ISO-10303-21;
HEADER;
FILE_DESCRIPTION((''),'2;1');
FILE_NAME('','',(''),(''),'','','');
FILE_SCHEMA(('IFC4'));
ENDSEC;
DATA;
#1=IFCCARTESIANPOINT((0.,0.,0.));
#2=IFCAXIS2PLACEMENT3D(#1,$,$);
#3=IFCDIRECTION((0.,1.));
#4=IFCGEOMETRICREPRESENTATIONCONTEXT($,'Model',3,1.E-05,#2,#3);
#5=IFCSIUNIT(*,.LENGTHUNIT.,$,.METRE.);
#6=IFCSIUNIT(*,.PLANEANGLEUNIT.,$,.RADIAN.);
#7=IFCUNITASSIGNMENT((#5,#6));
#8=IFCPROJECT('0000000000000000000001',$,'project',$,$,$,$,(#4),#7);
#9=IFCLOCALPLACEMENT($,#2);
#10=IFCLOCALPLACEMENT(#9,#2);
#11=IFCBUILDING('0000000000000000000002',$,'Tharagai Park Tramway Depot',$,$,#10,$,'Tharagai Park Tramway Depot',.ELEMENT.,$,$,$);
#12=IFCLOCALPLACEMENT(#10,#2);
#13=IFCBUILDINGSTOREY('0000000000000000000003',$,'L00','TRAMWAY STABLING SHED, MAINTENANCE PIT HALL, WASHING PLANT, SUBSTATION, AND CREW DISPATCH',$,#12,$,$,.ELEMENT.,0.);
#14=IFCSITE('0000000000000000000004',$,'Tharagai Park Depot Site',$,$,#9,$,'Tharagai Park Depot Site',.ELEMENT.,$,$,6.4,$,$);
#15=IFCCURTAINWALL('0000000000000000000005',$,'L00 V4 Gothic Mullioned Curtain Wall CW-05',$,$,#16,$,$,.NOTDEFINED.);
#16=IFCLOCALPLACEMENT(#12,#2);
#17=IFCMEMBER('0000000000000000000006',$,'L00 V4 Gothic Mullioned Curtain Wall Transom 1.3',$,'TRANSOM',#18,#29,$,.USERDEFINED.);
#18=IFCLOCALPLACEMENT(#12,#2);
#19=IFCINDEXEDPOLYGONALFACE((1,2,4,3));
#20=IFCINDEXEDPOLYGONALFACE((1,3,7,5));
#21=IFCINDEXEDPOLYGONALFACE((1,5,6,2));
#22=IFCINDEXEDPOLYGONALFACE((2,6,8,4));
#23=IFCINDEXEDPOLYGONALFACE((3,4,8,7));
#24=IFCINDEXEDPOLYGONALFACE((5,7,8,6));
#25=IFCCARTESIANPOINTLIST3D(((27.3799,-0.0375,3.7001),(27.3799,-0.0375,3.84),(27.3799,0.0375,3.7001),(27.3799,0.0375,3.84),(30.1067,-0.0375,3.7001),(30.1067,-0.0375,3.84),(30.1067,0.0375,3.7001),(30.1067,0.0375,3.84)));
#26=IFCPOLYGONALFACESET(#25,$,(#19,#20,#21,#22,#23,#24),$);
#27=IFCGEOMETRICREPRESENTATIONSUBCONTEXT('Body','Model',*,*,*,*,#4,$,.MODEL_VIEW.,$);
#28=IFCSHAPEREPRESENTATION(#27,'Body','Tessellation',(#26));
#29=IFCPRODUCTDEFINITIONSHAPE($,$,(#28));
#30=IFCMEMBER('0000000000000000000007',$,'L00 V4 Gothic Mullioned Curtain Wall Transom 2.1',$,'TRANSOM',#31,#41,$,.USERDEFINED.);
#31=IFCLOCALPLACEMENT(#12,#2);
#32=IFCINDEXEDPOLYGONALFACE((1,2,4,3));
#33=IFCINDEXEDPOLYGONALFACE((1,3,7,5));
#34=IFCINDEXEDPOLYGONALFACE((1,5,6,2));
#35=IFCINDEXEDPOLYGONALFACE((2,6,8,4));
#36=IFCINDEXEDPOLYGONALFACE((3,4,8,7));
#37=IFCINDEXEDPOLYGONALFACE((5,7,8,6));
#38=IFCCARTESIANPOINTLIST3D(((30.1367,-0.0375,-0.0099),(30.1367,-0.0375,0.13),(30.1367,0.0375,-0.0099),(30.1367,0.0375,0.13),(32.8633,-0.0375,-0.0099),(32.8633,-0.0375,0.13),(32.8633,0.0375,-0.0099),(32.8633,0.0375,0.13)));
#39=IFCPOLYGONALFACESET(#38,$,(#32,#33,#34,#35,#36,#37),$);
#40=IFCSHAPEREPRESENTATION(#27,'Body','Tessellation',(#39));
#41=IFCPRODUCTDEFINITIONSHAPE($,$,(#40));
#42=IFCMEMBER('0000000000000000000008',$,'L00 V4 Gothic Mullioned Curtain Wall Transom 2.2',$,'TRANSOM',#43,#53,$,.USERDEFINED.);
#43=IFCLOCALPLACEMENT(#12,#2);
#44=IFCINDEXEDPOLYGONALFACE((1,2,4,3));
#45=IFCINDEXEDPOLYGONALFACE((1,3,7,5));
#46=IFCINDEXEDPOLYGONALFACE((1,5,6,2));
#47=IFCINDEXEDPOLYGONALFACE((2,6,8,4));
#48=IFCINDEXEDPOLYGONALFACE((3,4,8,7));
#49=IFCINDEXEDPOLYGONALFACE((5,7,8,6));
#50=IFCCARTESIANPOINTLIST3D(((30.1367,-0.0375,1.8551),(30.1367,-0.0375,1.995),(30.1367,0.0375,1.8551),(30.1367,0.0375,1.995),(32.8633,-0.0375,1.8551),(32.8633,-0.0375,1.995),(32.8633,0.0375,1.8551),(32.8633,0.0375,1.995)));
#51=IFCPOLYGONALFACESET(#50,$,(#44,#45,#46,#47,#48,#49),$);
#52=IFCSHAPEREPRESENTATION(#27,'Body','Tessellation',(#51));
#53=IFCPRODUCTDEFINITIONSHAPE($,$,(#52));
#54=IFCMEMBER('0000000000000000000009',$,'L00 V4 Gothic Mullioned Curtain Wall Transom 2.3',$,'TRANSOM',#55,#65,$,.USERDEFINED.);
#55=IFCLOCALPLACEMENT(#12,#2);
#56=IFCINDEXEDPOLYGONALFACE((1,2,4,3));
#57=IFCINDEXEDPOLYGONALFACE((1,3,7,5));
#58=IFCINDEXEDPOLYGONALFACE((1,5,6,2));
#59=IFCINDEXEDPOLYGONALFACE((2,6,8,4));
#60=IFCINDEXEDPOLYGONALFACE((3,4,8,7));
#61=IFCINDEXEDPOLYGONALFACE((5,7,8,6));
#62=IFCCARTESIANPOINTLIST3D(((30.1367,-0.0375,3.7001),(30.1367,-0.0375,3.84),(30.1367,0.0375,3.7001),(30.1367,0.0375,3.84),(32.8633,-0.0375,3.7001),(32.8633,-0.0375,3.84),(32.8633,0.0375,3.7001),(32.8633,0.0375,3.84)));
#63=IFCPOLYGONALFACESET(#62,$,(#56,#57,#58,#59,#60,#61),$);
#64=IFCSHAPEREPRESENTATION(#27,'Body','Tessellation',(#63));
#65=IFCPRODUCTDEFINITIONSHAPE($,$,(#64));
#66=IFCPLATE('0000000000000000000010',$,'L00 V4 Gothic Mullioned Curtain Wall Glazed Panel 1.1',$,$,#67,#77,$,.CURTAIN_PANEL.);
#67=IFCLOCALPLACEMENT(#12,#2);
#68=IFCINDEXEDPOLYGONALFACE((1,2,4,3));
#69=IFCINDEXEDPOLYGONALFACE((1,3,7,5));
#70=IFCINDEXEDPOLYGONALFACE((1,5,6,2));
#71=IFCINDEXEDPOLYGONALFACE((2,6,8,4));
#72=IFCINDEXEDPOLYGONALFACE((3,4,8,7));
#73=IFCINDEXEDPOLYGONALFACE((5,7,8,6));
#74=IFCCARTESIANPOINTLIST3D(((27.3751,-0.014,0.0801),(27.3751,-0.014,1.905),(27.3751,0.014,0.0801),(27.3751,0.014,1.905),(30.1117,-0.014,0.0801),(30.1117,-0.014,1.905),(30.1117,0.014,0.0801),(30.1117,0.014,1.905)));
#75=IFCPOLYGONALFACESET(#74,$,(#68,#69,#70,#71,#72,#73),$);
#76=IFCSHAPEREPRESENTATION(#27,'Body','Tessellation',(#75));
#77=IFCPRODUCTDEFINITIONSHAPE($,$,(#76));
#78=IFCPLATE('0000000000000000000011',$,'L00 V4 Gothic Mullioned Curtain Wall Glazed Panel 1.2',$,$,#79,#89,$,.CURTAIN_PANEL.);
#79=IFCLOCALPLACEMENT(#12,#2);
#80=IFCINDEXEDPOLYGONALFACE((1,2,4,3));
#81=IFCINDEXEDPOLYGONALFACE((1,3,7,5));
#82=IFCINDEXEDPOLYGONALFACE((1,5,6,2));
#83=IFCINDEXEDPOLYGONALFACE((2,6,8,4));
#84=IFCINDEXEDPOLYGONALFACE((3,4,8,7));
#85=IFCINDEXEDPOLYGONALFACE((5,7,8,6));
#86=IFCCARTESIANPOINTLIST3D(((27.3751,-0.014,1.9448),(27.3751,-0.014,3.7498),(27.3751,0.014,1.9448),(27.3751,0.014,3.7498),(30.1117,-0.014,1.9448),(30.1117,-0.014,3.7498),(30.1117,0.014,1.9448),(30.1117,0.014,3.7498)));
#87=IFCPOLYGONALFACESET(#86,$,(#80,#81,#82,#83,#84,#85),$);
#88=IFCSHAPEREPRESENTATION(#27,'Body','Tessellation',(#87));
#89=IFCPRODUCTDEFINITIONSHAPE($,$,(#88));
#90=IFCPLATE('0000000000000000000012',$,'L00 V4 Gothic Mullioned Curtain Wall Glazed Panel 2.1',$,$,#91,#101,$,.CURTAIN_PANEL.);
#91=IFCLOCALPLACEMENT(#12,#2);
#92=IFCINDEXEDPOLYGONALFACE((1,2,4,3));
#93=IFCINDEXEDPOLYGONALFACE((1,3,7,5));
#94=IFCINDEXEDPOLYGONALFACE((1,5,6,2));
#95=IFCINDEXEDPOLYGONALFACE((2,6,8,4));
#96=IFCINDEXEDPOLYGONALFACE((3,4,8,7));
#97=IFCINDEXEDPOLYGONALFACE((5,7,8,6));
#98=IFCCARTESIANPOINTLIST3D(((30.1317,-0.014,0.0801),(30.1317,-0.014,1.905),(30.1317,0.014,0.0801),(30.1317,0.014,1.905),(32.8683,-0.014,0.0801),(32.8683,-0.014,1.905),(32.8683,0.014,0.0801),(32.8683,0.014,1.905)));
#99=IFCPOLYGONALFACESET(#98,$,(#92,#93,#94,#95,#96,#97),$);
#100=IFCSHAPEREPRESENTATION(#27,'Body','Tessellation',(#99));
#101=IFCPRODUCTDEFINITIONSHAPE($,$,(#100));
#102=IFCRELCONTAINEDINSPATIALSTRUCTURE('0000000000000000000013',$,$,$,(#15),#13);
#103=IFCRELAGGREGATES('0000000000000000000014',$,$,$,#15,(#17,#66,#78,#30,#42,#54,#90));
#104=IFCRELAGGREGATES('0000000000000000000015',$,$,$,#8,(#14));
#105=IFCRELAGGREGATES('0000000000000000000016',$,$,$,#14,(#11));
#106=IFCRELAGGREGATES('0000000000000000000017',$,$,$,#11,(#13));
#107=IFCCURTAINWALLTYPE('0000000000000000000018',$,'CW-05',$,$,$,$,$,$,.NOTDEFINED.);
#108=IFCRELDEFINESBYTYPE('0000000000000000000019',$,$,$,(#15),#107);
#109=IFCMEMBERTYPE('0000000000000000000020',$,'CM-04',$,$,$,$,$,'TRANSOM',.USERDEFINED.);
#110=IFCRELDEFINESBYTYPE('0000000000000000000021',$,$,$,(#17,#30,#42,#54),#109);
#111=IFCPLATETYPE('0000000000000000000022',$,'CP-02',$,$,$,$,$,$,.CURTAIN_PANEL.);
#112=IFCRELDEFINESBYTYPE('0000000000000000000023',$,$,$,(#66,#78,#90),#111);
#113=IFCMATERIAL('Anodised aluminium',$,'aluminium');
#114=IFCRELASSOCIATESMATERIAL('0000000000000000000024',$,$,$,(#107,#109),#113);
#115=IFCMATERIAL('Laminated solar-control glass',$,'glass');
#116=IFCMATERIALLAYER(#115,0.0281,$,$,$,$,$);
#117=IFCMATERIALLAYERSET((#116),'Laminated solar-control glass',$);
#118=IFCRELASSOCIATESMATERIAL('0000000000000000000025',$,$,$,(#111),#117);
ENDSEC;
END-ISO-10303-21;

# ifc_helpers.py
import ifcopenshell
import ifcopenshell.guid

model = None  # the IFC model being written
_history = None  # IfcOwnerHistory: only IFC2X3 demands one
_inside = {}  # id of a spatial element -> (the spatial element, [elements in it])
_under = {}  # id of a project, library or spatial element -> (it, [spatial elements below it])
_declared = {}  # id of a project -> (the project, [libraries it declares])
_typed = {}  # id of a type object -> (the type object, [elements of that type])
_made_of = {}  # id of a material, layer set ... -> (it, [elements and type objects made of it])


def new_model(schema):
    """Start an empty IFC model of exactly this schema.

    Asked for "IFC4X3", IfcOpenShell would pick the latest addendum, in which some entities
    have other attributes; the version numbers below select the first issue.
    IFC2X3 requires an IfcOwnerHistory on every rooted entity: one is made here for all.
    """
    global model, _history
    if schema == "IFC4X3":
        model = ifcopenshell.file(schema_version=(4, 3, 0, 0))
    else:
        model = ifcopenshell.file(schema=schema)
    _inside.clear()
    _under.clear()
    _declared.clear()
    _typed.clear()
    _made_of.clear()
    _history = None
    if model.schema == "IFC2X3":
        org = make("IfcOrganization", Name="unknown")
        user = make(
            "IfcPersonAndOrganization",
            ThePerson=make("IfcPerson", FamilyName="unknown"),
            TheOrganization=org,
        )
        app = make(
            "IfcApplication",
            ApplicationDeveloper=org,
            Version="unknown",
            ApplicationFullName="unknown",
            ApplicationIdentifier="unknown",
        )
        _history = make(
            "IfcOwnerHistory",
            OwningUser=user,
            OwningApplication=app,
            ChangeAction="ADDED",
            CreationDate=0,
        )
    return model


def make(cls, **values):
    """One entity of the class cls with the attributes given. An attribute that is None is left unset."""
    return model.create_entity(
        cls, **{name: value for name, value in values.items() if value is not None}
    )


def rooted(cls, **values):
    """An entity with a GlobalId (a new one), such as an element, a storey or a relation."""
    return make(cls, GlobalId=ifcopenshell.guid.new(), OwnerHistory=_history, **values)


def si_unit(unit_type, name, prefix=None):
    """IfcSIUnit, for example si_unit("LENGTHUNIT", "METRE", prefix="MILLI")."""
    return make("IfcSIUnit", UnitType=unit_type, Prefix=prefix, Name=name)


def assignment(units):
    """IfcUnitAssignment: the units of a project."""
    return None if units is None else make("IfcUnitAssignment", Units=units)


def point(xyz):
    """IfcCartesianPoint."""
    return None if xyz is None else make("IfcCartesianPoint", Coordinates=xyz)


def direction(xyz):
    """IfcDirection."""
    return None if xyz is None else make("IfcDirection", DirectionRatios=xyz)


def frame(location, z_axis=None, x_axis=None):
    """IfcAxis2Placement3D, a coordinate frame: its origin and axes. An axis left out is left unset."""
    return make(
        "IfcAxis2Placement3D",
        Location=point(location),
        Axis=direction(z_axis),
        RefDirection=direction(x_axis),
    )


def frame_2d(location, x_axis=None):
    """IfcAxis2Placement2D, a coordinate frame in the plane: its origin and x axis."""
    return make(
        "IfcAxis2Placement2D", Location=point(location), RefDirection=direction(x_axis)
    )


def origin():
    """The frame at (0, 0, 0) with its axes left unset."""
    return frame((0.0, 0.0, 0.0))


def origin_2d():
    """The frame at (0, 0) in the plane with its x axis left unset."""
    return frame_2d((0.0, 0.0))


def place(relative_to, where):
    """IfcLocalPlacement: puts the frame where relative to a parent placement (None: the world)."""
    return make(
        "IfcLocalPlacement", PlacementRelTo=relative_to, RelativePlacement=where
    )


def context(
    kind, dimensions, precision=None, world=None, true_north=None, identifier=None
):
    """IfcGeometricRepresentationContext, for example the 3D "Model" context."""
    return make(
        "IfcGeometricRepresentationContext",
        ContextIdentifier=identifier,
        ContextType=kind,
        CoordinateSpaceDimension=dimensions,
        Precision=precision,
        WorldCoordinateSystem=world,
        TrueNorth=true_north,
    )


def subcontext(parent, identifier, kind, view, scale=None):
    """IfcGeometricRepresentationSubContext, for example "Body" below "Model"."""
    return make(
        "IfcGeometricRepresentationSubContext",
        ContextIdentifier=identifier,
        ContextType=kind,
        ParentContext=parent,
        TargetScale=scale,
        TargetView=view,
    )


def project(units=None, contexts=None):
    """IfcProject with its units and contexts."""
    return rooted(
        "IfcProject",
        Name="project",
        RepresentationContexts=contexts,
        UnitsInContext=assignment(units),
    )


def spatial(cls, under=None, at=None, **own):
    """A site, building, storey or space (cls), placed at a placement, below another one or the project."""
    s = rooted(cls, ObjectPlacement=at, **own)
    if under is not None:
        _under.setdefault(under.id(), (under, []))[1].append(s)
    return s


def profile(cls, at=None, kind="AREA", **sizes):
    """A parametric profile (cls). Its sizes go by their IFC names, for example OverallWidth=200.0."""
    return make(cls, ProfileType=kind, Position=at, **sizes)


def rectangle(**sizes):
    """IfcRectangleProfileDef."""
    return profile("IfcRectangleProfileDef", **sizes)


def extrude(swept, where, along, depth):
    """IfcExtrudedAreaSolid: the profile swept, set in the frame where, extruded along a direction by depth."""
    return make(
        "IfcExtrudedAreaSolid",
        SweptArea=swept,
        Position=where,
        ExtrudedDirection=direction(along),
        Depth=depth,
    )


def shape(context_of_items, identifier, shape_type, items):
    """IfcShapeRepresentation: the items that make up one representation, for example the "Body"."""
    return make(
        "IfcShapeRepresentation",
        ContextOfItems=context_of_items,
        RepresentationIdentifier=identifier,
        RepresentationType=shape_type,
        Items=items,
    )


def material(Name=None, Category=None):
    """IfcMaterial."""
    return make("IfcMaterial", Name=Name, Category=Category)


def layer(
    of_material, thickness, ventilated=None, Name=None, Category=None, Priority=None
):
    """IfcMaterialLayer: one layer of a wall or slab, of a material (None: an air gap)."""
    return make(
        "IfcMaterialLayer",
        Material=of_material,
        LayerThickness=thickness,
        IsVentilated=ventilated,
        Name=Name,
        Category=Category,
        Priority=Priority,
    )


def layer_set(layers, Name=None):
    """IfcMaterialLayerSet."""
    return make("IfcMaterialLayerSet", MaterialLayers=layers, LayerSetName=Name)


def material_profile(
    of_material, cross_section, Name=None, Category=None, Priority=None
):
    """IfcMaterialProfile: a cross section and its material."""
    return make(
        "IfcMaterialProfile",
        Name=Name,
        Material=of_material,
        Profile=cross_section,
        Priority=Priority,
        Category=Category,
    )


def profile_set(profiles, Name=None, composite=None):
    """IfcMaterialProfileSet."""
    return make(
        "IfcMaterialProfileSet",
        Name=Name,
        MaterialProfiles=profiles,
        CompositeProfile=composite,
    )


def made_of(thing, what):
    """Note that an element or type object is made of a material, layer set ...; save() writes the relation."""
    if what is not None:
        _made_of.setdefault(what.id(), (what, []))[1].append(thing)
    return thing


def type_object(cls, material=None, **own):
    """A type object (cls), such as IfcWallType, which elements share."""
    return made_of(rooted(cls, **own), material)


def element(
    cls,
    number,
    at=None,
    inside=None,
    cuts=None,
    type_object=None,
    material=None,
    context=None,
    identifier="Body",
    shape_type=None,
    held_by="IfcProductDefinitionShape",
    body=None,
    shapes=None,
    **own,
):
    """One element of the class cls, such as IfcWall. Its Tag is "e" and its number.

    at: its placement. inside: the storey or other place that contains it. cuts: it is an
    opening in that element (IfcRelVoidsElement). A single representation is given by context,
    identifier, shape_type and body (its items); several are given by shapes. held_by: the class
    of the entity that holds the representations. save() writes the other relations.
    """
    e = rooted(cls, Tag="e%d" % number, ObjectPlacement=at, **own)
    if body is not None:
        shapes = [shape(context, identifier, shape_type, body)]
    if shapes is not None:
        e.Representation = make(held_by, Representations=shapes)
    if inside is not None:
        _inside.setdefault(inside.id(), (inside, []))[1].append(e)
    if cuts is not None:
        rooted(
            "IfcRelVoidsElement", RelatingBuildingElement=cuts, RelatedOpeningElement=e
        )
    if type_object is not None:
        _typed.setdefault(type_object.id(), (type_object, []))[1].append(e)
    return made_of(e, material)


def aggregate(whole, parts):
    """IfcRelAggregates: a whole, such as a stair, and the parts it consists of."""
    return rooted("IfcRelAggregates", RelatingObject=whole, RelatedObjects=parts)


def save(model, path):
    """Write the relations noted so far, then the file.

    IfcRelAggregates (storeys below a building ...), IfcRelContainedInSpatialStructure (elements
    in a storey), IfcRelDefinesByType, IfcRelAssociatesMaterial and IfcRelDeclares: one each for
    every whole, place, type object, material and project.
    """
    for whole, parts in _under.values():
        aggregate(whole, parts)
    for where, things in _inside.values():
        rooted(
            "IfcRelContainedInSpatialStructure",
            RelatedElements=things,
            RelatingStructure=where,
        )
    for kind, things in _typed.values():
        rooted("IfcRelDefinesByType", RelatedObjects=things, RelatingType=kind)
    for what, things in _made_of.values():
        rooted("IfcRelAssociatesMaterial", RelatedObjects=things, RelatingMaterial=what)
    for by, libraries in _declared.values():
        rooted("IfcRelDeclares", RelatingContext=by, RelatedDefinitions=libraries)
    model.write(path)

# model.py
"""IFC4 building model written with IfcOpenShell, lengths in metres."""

from ifc_helpers import new_model, si_unit, direction, frame, origin, origin_2d, place, context, subcontext, project, spatial, rectangle, extrude, material, layer, layer_set, material_profile, profile_set, type_object, element, aggregate, save


model = new_model("IFC4")

# Units and contexts
model_context = context("Model", 3, precision=1e-05, world=origin(), true_north=direction((0.0, 1.0)))
body_context = subcontext(model_context, "Body", "Model", "MODEL_VIEW")
ifc_project = project(units=[si_unit("LENGTHUNIT", "METRE"), si_unit("PLANEANGLEUNIT", "RADIAN")], contexts=[model_context])

# Site, building, storey
site_placement = place(None, origin())
site = spatial("IfcSite", under=ifc_project, at=site_placement, Name="Tharagai Park Depot Site", LongName="Tharagai Park Depot Site", CompositionType="ELEMENT", RefElevation=6.4)
building_placement = place(site_placement, origin())
building = spatial("IfcBuilding", under=site, at=building_placement, Name="Tharagai Park Tramway Depot", LongName="Tharagai Park Tramway Depot", CompositionType="ELEMENT")
storey_placement = place(building_placement, origin())
storey = spatial("IfcBuildingStorey", under=building, at=storey_placement, Name="L00", Description="TRAMWAY STABLING SHED, MAINTENANCE PIT HALL, WASHING PLANT, SUBSTATION, AND CREW DISPATCH", CompositionType="ELEMENT", Elevation=0.0)

# Curtain wall, members, plates
ifc_material_1 = material(Name="Anodised aluminium", Category="aluminium")
curtain_wall_type = type_object("IfcCurtainWallType", Name="CW-05", PredefinedType="NOTDEFINED", material=ifc_material_1)
curtain_wall_placement = place(storey_placement, origin())
curtain_wall = element("IfcCurtainWall", 1, at=curtain_wall_placement, inside=storey, type_object=curtain_wall_type, Name="L00 V4 Gothic Mullioned Curtain Wall CW-05", PredefinedType="NOTDEFINED")
ifc_material_profile_1 = material_profile(ifc_material_1, rectangle(XDim=0.075, YDim=0.1399, at=origin_2d()), Name="ALU 75x140")
ifc_profile_set_1 = profile_set([ifc_material_profile_1], Name="Anodised aluminium")
member_type_1 = type_object("IfcMemberType", Name="CM-04", ElementType="TRANSOM", PredefinedType="USERDEFINED", material=ifc_profile_set_1)
member_1_placement = place(storey_placement, frame((27.3799, 0.0, 3.77), z_axis=(1.0, 0.0, 0.0), x_axis=(0.0, 1.0, 0.0)))
member_1 = element("IfcMember", 2, at=member_1_placement, type_object=member_type_1, Name="L00 V4 Gothic Mullioned Curtain Wall Transom 1.3", ObjectType="TRANSOM", PredefinedType="USERDEFINED", context=body_context, shape_type="SweptSolid", body=[
    extrude(rectangle(XDim=0.075, YDim=0.1399, at=origin_2d()), origin(), (0.0, 0.0, 1.0), 2.7268),
])
member_2_placement = place(storey_placement, frame((30.1367, 0.0, 0.0601), z_axis=(1.0, 0.0, 0.0), x_axis=(0.0, 1.0, 0.0)))
member_2 = element("IfcMember", 3, at=member_2_placement, type_object=member_type_1, Name="L00 V4 Gothic Mullioned Curtain Wall Transom 2.1", ObjectType="TRANSOM", PredefinedType="USERDEFINED", context=body_context, shape_type="SweptSolid", body=[
    extrude(rectangle(XDim=0.075, YDim=0.1399, at=origin_2d()), origin(), (0.0, 0.0, 1.0), 2.7266),
])
member_3_placement = place(storey_placement, frame((30.1367, 0.0, 1.925), z_axis=(1.0, 0.0, 0.0), x_axis=(0.0, 1.0, 0.0)))
member_3 = element("IfcMember", 4, at=member_3_placement, type_object=member_type_1, Name="L00 V4 Gothic Mullioned Curtain Wall Transom 2.2", ObjectType="TRANSOM", PredefinedType="USERDEFINED", context=body_context, shape_type="SweptSolid", body=[
    extrude(rectangle(XDim=0.075, YDim=0.1399, at=origin_2d()), origin(), (0.0, 0.0, 1.0), 2.7266),
])
member_4_placement = place(storey_placement, frame((30.1367, 0.0, 3.77), z_axis=(1.0, 0.0, 0.0), x_axis=(0.0, 1.0, 0.0)))
member_4 = element("IfcMember", 5, at=member_4_placement, type_object=member_type_1, Name="L00 V4 Gothic Mullioned Curtain Wall Transom 2.3", ObjectType="TRANSOM", PredefinedType="USERDEFINED", context=body_context, shape_type="SweptSolid", body=[
    extrude(rectangle(XDim=0.075, YDim=0.1399, at=origin_2d()), origin(), (0.0, 0.0, 1.0), 2.7266),
])
ifc_material_2 = material(Name="Laminated solar-control glass", Category="glass")
ifc_layer = layer(ifc_material_2, 0.0281)
ifc_layer_set = layer_set([ifc_layer], Name="Laminated solar-control glass")
plate_type = type_object("IfcPlateType", Name="CP-02", PredefinedType="CURTAIN_PANEL", material=ifc_layer_set)
plate_1_placement = place(storey_placement, frame((28.7434, 0.0, 0.0801), z_axis=(0.0, 0.0, 1.0), x_axis=(1.0, 0.0, 0.0)))
plate_1 = element("IfcPlate", 6, at=plate_1_placement, type_object=plate_type, Name="L00 V4 Gothic Mullioned Curtain Wall Glazed Panel 1.1", PredefinedType="CURTAIN_PANEL", context=body_context, shape_type="SweptSolid", body=[
    extrude(rectangle(XDim=2.7366, YDim=0.0281, at=origin_2d()), origin(), (0.0, 0.0, 1.0), 1.825),
])
plate_2_placement = place(storey_placement, frame((28.7434, 0.0, 1.9448), z_axis=(0.0, 0.0, 1.0), x_axis=(1.0, 0.0, 0.0)))
plate_2 = element("IfcPlate", 7, at=plate_2_placement, type_object=plate_type, Name="L00 V4 Gothic Mullioned Curtain Wall Glazed Panel 1.2", PredefinedType="CURTAIN_PANEL", context=body_context, shape_type="SweptSolid", body=[
    extrude(rectangle(XDim=2.7366, YDim=0.0281, at=origin_2d()), origin(), (0.0, 0.0, 1.0), 1.8049),
])
plate_3_placement = place(storey_placement, frame((31.5, 0.0, 0.0801), z_axis=(0.0, 0.0, 1.0), x_axis=(1.0, 0.0, 0.0)))
plate_3 = element("IfcPlate", 8, at=plate_3_placement, type_object=plate_type, Name="L00 V4 Gothic Mullioned Curtain Wall Glazed Panel 2.1", PredefinedType="CURTAIN_PANEL", context=body_context, shape_type="SweptSolid", body=[
    extrude(rectangle(XDim=2.7366, YDim=0.0281, at=origin_2d()), origin(), (0.0, 0.0, 1.0), 1.825),
])
aggregate(curtain_wall, [member_1, plate_1, plate_2, member_2, member_3, member_4, plate_3])

save(model, "model.ifc")
